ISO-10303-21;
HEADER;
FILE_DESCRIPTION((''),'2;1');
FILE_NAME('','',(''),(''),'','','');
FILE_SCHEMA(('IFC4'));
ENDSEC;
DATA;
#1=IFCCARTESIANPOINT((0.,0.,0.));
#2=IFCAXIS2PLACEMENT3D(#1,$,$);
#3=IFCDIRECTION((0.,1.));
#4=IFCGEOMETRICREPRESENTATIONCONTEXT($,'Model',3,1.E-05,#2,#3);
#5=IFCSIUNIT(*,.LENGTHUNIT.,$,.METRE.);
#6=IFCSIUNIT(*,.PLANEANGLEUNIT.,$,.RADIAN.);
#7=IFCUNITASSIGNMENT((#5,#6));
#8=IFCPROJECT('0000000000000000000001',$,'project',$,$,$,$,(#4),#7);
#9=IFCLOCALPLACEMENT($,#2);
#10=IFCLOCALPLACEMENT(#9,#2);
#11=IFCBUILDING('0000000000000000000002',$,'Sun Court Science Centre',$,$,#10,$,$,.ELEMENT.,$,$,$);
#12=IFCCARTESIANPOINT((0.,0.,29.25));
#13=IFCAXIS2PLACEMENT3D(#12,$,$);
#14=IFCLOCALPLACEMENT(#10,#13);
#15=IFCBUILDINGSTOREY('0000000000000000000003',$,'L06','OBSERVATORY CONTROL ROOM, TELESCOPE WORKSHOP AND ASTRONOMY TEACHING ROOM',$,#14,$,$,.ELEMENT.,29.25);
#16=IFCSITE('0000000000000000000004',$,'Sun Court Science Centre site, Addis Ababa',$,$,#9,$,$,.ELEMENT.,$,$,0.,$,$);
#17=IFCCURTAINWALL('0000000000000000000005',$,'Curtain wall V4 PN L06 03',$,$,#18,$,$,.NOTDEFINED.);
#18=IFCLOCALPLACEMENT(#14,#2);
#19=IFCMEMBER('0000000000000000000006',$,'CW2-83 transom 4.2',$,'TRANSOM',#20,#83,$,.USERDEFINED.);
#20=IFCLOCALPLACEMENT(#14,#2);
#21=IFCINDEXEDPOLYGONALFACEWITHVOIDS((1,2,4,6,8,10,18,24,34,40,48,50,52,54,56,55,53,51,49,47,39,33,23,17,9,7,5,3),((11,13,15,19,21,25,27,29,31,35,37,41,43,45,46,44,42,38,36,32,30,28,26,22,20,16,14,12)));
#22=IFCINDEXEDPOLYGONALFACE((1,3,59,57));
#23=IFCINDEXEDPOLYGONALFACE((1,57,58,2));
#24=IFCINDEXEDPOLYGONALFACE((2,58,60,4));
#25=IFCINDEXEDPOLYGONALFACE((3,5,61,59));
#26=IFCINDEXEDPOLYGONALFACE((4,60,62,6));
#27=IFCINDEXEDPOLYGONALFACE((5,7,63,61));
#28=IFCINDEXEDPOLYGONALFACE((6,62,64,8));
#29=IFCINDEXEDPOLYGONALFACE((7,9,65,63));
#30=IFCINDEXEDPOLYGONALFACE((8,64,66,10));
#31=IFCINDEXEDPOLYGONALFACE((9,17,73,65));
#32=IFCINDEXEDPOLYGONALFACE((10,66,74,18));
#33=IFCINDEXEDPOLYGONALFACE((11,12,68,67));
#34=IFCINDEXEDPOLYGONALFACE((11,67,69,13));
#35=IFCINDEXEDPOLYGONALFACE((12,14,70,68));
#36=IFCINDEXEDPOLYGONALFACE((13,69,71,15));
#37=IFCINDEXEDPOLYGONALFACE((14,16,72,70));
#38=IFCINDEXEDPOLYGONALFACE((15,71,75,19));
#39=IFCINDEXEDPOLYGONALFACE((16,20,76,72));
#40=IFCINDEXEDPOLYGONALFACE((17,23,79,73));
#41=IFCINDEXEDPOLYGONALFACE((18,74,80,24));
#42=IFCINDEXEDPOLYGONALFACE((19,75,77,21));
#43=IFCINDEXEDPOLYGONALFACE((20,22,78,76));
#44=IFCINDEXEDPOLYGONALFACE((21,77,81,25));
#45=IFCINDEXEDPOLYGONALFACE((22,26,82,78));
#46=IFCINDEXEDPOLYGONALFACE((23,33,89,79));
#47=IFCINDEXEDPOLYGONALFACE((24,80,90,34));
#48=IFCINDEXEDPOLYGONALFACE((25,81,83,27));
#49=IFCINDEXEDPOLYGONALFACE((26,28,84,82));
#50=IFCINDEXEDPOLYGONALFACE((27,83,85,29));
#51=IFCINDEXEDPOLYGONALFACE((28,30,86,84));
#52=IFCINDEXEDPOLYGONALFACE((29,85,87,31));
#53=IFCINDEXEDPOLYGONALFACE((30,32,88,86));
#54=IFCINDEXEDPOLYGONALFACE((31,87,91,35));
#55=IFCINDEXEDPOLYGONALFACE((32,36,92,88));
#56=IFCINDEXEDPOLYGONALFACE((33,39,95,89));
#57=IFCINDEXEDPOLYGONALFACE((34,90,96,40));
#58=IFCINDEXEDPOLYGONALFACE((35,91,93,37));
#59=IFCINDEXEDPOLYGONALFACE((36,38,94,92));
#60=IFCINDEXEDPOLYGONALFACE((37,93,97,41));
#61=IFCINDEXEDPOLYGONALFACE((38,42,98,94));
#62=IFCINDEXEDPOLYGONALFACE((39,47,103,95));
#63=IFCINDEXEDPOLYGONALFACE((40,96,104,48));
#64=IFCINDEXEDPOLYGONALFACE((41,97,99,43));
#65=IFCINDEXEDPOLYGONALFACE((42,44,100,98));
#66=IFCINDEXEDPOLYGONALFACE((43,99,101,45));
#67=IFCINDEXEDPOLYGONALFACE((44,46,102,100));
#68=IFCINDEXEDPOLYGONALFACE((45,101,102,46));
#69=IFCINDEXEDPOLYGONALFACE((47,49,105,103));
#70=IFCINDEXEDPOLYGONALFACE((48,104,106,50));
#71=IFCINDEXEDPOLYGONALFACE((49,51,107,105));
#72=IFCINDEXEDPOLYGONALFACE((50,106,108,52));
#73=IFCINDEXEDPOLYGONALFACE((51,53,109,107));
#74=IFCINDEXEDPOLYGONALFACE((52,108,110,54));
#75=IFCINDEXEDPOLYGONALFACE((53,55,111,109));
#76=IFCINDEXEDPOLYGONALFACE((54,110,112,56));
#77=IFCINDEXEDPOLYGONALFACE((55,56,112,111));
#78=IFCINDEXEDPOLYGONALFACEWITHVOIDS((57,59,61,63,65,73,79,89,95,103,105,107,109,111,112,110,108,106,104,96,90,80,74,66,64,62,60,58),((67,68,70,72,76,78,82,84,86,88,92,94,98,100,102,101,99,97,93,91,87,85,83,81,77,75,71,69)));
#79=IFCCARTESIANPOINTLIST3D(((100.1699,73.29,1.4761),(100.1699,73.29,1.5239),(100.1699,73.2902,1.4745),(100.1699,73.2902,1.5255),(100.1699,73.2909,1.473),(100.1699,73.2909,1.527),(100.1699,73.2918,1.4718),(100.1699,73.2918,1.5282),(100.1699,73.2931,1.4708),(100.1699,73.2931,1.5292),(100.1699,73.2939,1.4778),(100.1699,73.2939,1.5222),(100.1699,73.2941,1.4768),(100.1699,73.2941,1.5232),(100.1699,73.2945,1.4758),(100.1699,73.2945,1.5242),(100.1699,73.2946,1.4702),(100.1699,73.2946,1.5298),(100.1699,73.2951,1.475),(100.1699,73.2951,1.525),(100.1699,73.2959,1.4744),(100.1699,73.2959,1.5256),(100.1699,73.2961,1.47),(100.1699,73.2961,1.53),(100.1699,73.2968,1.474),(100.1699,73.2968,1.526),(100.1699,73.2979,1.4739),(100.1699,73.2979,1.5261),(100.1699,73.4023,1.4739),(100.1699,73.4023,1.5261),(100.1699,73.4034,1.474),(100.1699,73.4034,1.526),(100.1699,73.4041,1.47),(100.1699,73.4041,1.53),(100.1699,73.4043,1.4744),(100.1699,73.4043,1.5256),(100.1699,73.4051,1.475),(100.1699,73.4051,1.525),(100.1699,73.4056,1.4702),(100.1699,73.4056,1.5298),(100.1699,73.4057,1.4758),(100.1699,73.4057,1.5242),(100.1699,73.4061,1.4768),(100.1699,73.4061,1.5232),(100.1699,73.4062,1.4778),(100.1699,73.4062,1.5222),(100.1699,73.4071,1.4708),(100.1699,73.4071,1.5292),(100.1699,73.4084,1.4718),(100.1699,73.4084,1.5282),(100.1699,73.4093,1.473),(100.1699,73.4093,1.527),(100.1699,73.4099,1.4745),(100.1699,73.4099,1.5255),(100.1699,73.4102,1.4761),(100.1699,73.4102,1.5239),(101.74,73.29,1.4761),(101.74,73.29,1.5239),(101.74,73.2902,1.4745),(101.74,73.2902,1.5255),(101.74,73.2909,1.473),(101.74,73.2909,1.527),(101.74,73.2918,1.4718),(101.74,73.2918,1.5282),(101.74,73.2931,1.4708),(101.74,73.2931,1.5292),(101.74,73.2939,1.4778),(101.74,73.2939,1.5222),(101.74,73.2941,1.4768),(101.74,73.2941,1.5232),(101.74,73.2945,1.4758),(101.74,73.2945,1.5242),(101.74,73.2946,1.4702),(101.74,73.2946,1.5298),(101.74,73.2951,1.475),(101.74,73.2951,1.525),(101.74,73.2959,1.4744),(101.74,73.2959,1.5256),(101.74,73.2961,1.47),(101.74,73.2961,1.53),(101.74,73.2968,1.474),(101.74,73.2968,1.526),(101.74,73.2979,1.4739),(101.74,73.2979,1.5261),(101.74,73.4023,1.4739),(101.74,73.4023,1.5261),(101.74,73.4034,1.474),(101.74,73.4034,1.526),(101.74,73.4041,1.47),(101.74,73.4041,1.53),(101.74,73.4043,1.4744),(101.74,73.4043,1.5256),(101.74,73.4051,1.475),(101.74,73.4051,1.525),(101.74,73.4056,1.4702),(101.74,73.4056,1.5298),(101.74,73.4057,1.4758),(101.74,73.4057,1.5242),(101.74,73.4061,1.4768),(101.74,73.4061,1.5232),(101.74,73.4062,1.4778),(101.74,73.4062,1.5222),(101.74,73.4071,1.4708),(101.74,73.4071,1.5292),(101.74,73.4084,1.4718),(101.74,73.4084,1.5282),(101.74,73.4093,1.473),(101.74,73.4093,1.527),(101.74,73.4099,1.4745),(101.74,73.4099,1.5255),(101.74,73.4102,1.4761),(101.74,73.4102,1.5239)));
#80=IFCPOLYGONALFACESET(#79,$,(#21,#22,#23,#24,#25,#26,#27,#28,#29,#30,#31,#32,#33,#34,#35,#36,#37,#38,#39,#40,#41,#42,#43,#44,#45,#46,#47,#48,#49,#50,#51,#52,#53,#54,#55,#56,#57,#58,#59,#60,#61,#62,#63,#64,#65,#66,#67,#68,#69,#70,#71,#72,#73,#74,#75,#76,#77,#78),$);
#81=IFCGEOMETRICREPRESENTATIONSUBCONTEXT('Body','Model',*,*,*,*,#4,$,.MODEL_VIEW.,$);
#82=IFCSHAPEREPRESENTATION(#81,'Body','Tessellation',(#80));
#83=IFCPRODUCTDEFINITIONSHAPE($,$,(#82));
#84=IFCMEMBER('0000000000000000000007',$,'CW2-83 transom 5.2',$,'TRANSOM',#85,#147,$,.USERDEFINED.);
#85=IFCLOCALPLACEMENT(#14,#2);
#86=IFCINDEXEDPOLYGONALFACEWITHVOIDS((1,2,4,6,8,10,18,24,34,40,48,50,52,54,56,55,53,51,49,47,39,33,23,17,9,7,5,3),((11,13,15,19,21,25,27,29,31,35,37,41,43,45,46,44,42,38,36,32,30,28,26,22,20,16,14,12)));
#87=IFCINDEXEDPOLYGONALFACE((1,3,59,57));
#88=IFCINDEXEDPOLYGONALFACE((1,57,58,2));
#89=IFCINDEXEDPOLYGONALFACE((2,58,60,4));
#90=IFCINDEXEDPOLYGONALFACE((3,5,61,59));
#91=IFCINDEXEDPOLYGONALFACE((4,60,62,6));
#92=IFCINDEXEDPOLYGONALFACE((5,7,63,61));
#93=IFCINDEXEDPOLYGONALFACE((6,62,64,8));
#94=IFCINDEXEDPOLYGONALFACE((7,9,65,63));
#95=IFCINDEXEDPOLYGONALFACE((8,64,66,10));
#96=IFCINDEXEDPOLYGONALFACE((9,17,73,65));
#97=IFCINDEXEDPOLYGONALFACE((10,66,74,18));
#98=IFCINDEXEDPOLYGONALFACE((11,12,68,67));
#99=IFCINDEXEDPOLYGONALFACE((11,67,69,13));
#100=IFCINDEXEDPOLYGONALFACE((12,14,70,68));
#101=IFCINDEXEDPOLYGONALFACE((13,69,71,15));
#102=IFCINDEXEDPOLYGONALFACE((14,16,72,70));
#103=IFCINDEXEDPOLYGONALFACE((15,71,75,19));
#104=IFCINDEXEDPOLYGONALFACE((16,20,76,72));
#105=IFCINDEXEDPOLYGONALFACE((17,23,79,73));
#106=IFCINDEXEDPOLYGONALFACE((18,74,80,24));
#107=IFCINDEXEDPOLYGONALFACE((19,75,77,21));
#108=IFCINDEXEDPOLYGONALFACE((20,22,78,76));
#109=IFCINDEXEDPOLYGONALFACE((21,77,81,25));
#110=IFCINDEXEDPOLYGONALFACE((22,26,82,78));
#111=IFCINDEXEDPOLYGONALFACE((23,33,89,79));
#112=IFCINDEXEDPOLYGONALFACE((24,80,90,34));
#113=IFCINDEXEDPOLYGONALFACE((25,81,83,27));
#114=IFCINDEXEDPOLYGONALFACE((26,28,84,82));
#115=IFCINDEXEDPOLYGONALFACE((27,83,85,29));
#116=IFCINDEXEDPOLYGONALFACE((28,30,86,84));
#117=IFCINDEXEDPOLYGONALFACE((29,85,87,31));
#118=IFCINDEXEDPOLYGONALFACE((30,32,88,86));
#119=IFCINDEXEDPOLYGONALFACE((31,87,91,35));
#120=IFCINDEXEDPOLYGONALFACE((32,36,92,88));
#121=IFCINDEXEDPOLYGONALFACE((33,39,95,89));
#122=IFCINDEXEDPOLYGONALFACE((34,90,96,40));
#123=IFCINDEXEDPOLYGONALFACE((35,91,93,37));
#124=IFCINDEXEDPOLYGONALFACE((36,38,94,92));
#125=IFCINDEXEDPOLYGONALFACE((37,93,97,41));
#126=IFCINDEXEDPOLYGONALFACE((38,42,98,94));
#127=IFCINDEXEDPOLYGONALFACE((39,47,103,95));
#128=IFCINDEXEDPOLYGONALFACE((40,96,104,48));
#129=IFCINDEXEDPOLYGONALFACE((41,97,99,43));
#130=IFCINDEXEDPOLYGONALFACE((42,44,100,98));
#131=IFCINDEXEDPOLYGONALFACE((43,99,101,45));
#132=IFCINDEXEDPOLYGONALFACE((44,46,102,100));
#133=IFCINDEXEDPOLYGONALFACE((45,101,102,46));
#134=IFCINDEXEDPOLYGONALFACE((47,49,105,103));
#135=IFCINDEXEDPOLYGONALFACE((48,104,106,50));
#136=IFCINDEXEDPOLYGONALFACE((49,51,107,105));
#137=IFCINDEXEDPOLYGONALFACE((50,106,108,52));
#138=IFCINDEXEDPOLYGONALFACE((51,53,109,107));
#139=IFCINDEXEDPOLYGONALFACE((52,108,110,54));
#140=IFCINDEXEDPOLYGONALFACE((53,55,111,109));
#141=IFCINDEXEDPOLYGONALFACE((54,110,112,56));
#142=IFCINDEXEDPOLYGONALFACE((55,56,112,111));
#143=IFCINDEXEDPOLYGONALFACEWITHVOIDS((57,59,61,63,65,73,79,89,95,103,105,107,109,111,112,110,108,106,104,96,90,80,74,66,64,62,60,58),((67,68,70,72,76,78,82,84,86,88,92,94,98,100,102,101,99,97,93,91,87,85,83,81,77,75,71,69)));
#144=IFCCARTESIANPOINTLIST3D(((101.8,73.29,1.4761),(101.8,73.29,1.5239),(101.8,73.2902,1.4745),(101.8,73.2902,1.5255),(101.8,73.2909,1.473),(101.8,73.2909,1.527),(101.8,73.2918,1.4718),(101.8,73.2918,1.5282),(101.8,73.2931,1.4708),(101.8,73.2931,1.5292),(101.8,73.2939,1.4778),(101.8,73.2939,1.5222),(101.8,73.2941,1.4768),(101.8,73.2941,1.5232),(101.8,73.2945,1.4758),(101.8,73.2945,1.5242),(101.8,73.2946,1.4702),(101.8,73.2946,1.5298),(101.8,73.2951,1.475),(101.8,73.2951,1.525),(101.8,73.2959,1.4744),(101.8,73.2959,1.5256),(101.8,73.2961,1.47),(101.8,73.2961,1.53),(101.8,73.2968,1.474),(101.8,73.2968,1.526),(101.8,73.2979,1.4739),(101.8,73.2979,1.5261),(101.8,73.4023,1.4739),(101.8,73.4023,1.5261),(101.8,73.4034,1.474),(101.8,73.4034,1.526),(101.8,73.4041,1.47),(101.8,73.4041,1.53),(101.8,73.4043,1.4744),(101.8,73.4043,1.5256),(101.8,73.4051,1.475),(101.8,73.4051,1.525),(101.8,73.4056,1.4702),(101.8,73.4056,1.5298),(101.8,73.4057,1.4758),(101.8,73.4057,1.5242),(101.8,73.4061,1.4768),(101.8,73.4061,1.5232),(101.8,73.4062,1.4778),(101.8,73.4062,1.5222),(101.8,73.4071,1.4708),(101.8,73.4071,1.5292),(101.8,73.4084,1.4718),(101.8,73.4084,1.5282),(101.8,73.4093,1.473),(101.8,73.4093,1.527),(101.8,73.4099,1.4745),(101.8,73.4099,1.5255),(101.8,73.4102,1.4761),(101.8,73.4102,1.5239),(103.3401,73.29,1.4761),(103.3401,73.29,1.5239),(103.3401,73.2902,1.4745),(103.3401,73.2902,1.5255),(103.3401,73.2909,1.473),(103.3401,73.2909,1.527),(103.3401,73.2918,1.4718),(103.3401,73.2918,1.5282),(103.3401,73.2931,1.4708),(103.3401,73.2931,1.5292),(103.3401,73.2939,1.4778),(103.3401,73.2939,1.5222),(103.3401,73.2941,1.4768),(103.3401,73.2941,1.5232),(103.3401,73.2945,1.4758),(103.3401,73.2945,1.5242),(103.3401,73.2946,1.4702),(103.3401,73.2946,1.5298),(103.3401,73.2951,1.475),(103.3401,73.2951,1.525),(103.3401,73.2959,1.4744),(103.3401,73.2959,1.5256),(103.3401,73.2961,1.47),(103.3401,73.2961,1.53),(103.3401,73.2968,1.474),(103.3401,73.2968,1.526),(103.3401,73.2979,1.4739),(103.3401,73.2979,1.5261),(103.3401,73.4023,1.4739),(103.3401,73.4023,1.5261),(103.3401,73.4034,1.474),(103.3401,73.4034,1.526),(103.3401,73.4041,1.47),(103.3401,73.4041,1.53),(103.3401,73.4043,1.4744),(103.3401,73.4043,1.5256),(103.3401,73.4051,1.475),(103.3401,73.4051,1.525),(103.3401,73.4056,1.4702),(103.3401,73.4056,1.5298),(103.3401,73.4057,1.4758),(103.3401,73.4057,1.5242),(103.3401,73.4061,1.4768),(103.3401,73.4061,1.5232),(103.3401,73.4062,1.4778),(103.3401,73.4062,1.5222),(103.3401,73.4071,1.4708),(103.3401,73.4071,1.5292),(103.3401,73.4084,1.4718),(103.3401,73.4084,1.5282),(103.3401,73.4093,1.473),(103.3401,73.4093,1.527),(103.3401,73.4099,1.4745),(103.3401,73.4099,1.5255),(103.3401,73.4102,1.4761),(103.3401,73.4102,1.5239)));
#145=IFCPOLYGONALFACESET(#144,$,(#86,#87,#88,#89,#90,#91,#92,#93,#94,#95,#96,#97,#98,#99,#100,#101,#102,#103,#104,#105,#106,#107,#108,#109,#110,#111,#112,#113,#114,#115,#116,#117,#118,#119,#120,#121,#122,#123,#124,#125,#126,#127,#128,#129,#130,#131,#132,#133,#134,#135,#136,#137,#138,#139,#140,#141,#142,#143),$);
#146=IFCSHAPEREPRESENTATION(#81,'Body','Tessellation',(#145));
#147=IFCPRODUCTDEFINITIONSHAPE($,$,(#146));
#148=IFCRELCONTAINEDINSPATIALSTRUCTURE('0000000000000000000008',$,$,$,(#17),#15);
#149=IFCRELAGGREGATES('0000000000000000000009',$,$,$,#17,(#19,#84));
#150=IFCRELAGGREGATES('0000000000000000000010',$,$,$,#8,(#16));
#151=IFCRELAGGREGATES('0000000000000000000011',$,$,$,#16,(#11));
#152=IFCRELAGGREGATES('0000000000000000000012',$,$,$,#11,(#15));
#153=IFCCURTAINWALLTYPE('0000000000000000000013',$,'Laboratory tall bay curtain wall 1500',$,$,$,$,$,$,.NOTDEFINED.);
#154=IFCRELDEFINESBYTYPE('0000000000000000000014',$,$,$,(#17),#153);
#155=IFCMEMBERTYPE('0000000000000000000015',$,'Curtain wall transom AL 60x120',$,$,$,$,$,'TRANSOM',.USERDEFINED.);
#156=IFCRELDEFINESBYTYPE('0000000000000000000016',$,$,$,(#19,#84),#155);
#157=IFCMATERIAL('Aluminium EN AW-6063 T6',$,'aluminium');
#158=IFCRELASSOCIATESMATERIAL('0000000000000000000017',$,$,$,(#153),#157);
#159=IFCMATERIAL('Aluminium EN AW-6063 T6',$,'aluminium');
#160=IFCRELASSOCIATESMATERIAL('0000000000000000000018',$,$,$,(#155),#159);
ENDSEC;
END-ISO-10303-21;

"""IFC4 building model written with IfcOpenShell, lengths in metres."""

from ifc_helpers import new_model, si_unit, direction, frame, origin, origin_2d, place, context, subcontext, project, spatial, hollow_rectangle, extrude, material, material_profile, profile_set, type_object, element, aggregate, save


model = new_model("IFC4")

# Units and contexts
model_context = context("Model", 3, precision=1e-05, world=origin(), true_north=direction((0.0, 1.0)))
body_context = subcontext(model_context, "Body", "Model", "MODEL_VIEW")
ifc_project = project(units=[si_unit("LENGTHUNIT", "METRE"), si_unit("PLANEANGLEUNIT", "RADIAN")], contexts=[model_context])

# Site, building, storey
site_placement = place(None, origin())
site = spatial("IfcSite", under=ifc_project, at=site_placement, Name="Sun Court Science Centre site, Addis Ababa", CompositionType="ELEMENT", RefElevation=0.0)
building_placement = place(site_placement, origin())
building = spatial("IfcBuilding", under=site, at=building_placement, Name="Sun Court Science Centre", CompositionType="ELEMENT")
storey_placement = place(building_placement, frame((0.0, 0.0, 29.25)))
storey = spatial("IfcBuildingStorey", under=building, at=storey_placement, Name="L06", Description="OBSERVATORY CONTROL ROOM, TELESCOPE WORKSHOP AND ASTRONOMY TEACHING ROOM", CompositionType="ELEMENT", Elevation=29.25)

# Curtain wall, members
ifc_material_1 = material(Name="Aluminium EN AW-6063 T6", Category="aluminium")
curtain_wall_type = type_object("IfcCurtainWallType", Name="Laboratory tall bay curtain wall 1500", PredefinedType="NOTDEFINED", material=ifc_material_1)
curtain_wall_placement = place(storey_placement, origin())
curtain_wall = element("IfcCurtainWall", 1, at=curtain_wall_placement, inside=storey, type_object=curtain_wall_type, Name="Curtain wall V4 PN L06 03", PredefinedType="NOTDEFINED")
ifc_material_2 = material(Name="Aluminium EN AW-6063 T6", Category="aluminium")
ifc_material_profile_1 = material_profile(ifc_material_2, hollow_rectangle(XDim=0.0601, YDim=0.1201, WallThickness=0.0039, InnerFilletRadius=0.0039, OuterFilletRadius=0.0061, at=origin_2d()), Name="AL 60x120x4")
ifc_profile_set_1 = profile_set([ifc_material_profile_1], Name="Aluminium EN AW-6063 T6")
member_type_1 = type_object("IfcMemberType", Name="Curtain wall transom AL 60x120", ElementType="TRANSOM", PredefinedType="USERDEFINED", material=ifc_profile_set_1)
member_1_placement = place(storey_placement, frame((100.1699, 73.3501, 1.5), z_axis=(1.0, 0.0, 0.0), x_axis=(0.0, 0.0, 1.0)))
member_1 = element("IfcMember", 2, at=member_1_placement, type_object=member_type_1, Name="CW2-83 transom 4.2", ObjectType="TRANSOM", PredefinedType="USERDEFINED", context=body_context, shape_type="SweptSolid", body=[
    extrude(hollow_rectangle(XDim=0.0601, YDim=0.1201, WallThickness=0.0039, InnerFilletRadius=0.0039, OuterFilletRadius=0.0061, at=origin_2d()), origin(), (0.0, 0.0, 1.0), 1.5701),
])
member_2_placement = place(storey_placement, frame((101.8, 73.3501, 1.5), z_axis=(1.0, 0.0, 0.0), x_axis=(0.0, 0.0, 1.0)))
member_2 = element("IfcMember", 3, at=member_2_placement, type_object=member_type_1, Name="CW2-83 transom 5.2", ObjectType="TRANSOM", PredefinedType="USERDEFINED", context=body_context, shape_type="SweptSolid", body=[
    extrude(hollow_rectangle(XDim=0.0601, YDim=0.1201, WallThickness=0.0039, InnerFilletRadius=0.0039, OuterFilletRadius=0.0061, at=origin_2d()), origin(), (0.0, 0.0, 1.0), 1.54),
])

aggregate(curtain_wall, [member_1, member_2])

save(model, "model.ifc")
